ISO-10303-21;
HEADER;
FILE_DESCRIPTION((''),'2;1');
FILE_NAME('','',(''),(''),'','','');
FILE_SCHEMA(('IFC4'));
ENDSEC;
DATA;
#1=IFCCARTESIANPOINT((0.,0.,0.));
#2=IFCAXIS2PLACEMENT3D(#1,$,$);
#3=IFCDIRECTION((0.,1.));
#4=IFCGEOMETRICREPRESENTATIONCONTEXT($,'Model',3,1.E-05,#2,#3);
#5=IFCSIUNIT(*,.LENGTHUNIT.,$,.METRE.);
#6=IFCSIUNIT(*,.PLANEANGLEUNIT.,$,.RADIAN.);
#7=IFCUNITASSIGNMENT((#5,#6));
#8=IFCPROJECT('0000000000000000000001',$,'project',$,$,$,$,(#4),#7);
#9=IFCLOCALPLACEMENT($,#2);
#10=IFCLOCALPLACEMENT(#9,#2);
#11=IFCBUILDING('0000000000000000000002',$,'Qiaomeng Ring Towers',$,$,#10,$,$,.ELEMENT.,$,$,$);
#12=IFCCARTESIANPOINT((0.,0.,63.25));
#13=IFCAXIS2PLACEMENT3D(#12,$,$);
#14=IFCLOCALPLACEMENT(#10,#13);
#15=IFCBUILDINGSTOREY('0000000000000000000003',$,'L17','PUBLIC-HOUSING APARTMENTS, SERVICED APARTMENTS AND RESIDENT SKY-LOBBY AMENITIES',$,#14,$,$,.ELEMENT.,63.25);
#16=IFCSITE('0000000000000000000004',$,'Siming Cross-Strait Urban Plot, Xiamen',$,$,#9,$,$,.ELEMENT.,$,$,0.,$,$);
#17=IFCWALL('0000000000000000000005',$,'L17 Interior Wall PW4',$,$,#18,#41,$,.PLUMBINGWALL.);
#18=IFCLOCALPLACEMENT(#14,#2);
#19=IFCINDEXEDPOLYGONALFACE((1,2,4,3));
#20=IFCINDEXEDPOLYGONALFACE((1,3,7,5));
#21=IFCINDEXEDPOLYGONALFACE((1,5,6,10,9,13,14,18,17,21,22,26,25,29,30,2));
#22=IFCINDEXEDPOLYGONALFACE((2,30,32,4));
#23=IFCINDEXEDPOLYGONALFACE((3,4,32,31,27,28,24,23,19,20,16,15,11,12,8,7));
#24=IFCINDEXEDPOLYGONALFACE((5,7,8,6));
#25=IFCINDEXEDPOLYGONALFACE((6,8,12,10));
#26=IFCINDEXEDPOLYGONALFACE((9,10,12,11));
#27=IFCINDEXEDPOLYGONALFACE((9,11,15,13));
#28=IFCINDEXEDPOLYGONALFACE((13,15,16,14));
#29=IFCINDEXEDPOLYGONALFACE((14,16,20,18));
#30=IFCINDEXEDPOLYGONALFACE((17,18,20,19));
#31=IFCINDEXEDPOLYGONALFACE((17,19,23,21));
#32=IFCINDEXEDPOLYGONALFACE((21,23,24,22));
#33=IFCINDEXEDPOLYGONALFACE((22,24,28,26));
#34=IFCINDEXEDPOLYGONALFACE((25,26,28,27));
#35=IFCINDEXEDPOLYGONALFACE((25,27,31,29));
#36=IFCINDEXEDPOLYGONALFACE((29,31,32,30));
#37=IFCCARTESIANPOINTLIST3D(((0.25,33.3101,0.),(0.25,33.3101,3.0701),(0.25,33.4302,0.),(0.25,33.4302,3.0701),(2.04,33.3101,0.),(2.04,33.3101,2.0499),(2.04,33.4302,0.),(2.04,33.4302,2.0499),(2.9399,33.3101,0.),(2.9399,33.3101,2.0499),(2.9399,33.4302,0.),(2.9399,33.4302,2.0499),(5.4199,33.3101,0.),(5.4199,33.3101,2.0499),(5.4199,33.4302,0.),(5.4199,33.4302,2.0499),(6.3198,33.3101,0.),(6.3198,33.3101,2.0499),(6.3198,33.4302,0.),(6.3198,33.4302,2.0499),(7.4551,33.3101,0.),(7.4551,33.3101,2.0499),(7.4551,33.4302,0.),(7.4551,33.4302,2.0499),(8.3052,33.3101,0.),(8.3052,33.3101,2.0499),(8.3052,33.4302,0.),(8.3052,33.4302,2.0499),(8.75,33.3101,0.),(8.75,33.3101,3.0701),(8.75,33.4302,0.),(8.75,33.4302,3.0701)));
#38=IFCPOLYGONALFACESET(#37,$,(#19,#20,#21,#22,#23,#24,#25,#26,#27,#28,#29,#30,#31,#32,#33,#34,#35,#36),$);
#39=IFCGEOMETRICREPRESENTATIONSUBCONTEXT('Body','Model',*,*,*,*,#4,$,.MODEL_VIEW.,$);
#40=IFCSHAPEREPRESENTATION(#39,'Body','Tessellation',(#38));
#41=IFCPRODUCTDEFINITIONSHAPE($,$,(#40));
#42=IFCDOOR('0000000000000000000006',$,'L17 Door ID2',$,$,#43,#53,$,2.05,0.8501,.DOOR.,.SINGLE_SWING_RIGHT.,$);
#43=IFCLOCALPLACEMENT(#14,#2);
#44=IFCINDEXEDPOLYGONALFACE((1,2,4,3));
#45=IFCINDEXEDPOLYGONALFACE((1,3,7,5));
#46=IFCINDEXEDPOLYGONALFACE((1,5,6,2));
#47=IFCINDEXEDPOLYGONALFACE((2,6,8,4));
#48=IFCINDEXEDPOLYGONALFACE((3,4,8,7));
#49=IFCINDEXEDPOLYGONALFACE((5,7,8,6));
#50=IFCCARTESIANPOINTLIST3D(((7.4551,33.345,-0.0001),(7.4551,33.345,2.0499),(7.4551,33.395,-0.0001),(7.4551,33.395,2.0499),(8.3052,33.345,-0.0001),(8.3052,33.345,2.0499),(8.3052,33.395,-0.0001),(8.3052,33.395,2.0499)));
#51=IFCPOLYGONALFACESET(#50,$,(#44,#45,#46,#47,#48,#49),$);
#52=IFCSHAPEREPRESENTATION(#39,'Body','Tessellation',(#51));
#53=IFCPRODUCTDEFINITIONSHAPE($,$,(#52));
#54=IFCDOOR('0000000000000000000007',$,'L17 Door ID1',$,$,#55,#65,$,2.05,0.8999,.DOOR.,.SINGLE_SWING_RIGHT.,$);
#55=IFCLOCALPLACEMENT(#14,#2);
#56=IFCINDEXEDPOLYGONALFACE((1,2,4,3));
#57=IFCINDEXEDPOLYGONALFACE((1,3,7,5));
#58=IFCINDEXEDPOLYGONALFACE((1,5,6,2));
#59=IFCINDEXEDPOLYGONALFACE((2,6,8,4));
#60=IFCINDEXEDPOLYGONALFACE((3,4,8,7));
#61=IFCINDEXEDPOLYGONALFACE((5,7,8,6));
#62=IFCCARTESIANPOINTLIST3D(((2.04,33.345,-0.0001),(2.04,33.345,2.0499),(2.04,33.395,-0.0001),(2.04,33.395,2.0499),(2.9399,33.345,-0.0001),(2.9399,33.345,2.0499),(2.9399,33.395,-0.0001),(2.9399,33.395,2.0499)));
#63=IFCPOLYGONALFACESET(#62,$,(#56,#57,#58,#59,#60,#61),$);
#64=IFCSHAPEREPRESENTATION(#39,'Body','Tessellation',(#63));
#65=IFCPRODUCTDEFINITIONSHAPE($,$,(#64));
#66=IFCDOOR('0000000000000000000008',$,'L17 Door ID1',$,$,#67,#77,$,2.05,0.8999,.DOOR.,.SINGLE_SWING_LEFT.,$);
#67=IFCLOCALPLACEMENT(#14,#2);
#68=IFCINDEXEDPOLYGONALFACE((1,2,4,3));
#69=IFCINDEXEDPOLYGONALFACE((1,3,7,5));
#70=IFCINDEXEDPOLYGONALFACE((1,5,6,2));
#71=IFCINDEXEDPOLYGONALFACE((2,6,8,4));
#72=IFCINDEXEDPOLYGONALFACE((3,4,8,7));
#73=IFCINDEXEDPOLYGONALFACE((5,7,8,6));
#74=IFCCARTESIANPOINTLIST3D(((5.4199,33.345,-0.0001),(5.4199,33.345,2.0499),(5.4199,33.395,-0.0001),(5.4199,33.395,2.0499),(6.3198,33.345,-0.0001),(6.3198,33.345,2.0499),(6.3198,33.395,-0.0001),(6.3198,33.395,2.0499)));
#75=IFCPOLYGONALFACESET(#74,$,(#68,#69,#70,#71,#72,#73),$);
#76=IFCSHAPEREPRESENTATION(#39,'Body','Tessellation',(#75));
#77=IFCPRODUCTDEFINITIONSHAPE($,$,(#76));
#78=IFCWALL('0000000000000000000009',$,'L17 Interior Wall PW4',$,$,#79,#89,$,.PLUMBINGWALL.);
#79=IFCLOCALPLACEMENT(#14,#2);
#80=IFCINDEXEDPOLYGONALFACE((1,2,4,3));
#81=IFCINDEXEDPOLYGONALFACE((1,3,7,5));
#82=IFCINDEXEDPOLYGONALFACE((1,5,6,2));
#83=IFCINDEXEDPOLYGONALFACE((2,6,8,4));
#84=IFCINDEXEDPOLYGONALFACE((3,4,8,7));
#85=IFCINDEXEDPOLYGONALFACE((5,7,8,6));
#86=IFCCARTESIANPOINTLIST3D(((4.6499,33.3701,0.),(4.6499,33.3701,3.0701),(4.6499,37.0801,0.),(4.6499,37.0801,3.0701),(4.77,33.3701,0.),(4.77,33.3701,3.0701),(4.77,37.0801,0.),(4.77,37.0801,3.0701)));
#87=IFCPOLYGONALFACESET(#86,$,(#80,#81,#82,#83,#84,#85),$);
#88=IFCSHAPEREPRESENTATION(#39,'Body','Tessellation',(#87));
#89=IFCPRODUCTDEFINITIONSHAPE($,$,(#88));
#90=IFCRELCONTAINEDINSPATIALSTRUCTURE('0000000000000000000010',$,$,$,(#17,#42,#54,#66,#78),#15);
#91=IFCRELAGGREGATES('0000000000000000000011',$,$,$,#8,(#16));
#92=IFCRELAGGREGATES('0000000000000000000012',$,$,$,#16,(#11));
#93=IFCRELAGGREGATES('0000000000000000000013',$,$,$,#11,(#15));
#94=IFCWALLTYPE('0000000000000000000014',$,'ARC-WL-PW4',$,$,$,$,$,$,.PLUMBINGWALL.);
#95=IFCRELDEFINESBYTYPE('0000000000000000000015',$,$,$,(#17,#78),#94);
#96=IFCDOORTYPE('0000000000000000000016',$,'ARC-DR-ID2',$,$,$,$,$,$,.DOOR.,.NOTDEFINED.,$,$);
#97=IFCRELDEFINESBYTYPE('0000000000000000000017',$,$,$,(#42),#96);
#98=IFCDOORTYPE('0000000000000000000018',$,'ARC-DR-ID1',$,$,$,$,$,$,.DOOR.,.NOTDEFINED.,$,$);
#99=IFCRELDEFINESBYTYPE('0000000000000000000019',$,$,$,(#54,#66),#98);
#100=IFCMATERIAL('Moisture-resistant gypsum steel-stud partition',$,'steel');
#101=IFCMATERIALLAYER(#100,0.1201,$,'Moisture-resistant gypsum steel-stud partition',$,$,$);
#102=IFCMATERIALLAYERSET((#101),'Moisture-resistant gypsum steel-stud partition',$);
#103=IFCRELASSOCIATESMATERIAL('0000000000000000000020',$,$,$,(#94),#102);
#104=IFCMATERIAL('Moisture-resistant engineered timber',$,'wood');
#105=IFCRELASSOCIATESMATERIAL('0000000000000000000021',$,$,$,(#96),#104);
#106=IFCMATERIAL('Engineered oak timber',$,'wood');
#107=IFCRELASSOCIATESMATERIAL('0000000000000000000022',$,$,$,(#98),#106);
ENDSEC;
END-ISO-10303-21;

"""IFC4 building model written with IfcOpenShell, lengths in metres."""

from ifc_helpers import new_model, si_unit, direction, frame, frame_2d, origin, place, context, subcontext, project, spatial, rectangle, extrude, source, transform, mapped, material, layer, layer_set, type_object, element, fill, save


model = new_model("IFC4")

# Units and contexts
model_context = context("Model", 3, precision=1e-05, world=origin(), true_north=direction((0.0, 1.0)))
body_context = subcontext(model_context, "Body", "Model", "MODEL_VIEW")
ifc_project = project(units=[si_unit("LENGTHUNIT", "METRE"), si_unit("PLANEANGLEUNIT", "RADIAN")], contexts=[model_context])

# Site, building, storey
site_placement = place(None, origin())
site = spatial("IfcSite", under=ifc_project, at=site_placement, Name="Siming Cross-Strait Urban Plot, Xiamen", CompositionType="ELEMENT", RefElevation=0.0)
building_placement = place(site_placement, origin())
building = spatial("IfcBuilding", under=site, at=building_placement, Name="Qiaomeng Ring Towers", CompositionType="ELEMENT")
storey_placement = place(building_placement, frame((0.0, 0.0, 63.25)))
storey = spatial("IfcBuildingStorey", under=building, at=storey_placement, Name="L17", Description="PUBLIC-HOUSING APARTMENTS, SERVICED APARTMENTS AND RESIDENT SKY-LOBBY AMENITIES", CompositionType="ELEMENT", Elevation=63.25)

# Wall, openings, doors
ifc_material_1 = material(Name="Moisture-resistant gypsum steel-stud partition", Category="steel")
ifc_layer_1 = layer(ifc_material_1, 0.1201, Name="Moisture-resistant gypsum steel-stud partition")
ifc_layer_set_1 = layer_set([ifc_layer_1], Name="Moisture-resistant gypsum steel-stud partition")
wall_type_1 = type_object("IfcWallType", Name="ARC-WL-PW4", PredefinedType="PLUMBINGWALL", material=ifc_layer_set_1)
wall_1_placement = place(storey_placement, frame((0.25, 33.3701, 0.0), z_axis=(0.0, 0.0, 1.0), x_axis=(1.0, 0.0, 0.0)))
wall_1 = element("IfcWall", 1, at=wall_1_placement, inside=storey, type_object=wall_type_1, Name="L17 Interior Wall PW4", PredefinedType="PLUMBINGWALL", context=body_context, shape_type="SweptSolid", body=[
    extrude(rectangle(XDim=8.5, YDim=0.1201, at=frame_2d((4.25, 0.0))), origin(), (0.0, 0.0, 1.0), 3.0701),
])
opening_1_placement = place(wall_1_placement, frame((1.79, 0.0, 0.0)))
opening_1 = element("IfcOpeningElement", 2, at=opening_1_placement, cuts=wall_1, PredefinedType="OPENING", context=body_context, shape_type="SweptSolid", body=[
    extrude(rectangle(XDim=0.8999, YDim=2.05, at=frame_2d((0.45, 1.0249))), frame((0.0, 0.0701, 0.0), z_axis=(0.0, -1.0, 0.0), x_axis=(1.0, 0.0, 0.0)), (0.0, 0.0, 1.0), 0.1401),
])
opening_2_placement = place(wall_1_placement, frame((5.1699, 0.0, 0.0)))
opening_2 = element("IfcOpeningElement", 3, at=opening_2_placement, cuts=wall_1, PredefinedType="OPENING", context=body_context, shape_type="SweptSolid", body=[
    extrude(rectangle(XDim=0.8999, YDim=2.05, at=frame_2d((0.45, 1.0249))), frame((0.0, 0.0701, 0.0), z_axis=(0.0, -1.0, 0.0), x_axis=(1.0, 0.0, 0.0)), (0.0, 0.0, 1.0), 0.1401),
])
opening_3_placement = place(wall_1_placement, frame((7.2051, 0.0, 0.0)))
opening_3 = element("IfcOpeningElement", 4, at=opening_3_placement, cuts=wall_1, PredefinedType="OPENING", context=body_context, shape_type="SweptSolid", body=[
    extrude(rectangle(XDim=0.8501, YDim=2.05, at=frame_2d((0.425, 1.0249))), frame((0.0, 0.0701, 0.0), z_axis=(0.0, -1.0, 0.0), x_axis=(1.0, 0.0, 0.0)), (0.0, 0.0, 1.0), 0.1401),
])
ifc_material_2 = material(Name="Moisture-resistant engineered timber", Category="wood")
door_type_1 = type_object("IfcDoorType", Name="ARC-DR-ID2", OperationType="NOTDEFINED", PredefinedType="DOOR", material=ifc_material_2)
shared_shape_1 = source(origin(), body_context, "Body", "SweptSolid", [
    extrude(rectangle(XDim=0.8501, YDim=2.05, at=frame_2d((0.425, 1.0249))), frame((0.0, 0.0249, 0.0), z_axis=(0.0, -1.0, 0.0), x_axis=(1.0, 0.0, 0.0)), (0.0, 0.0, 1.0), 0.05),
])
door_1_placement = place(opening_3_placement, origin())
door_1 = element("IfcDoor", 5, at=door_1_placement, inside=storey, type_object=door_type_1, Name="L17 Door ID2", OperationType="SINGLE_SWING_RIGHT", OverallHeight=2.05, OverallWidth=0.8501, PredefinedType="DOOR", context=body_context, shape_type="MappedRepresentation", body=[
    mapped(shared_shape_1, transform((0.0, 0.0, 0.0), x_axis=(1.0, 0.0, 0.0), y_axis=(0.0, 1.0, 0.0), z_axis=(0.0, 0.0, 1.0), scale=1.0)),
])
fill(opening_3, door_1)
ifc_material_3 = material(Name="Engineered oak timber", Category="wood")
door_type_2 = type_object("IfcDoorType", Name="ARC-DR-ID1", OperationType="NOTDEFINED", PredefinedType="DOOR", material=ifc_material_3)
shared_shape_2 = source(origin(), body_context, "Body", "SweptSolid", [
    extrude(rectangle(XDim=0.8999, YDim=2.05, at=frame_2d((0.45, 1.0249))), frame((0.0, 0.0249, 0.0), z_axis=(0.0, -1.0, 0.0), x_axis=(1.0, 0.0, 0.0)), (0.0, 0.0, 1.0), 0.05),
])
door_2_placement = place(opening_1_placement, origin())
door_2 = element("IfcDoor", 6, at=door_2_placement, inside=storey, type_object=door_type_2, Name="L17 Door ID1", OperationType="SINGLE_SWING_RIGHT", OverallHeight=2.05, OverallWidth=0.8999, PredefinedType="DOOR", context=body_context, shape_type="MappedRepresentation", body=[
    mapped(shared_shape_2, transform((0.0, 0.0, 0.0), x_axis=(1.0, 0.0, 0.0), y_axis=(0.0, 1.0, 0.0), z_axis=(0.0, 0.0, 1.0), scale=1.0)),
])
fill(opening_1, door_2)
door_3_placement = place(opening_2_placement, origin())
door_3 = element("IfcDoor", 7, at=door_3_placement, inside=storey, type_object=door_type_2, Name="L17 Door ID1", OperationType="SINGLE_SWING_LEFT", OverallHeight=2.05, OverallWidth=0.8999, PredefinedType="DOOR", context=body_context, shape_type="MappedRepresentation", body=[
    mapped(shared_shape_2, transform((0.0, 0.0, 0.0), x_axis=(1.0, 0.0, 0.0), y_axis=(0.0, 1.0, 0.0), z_axis=(0.0, 0.0, 1.0), scale=1.0)),
])
fill(opening_2, door_3)

# Wall
wall_2_placement = place(storey_placement, frame((4.71, 33.3701, 0.0), z_axis=(0.0, 0.0, 1.0), x_axis=(0.0, 1.0, 0.0)))
element("IfcWall", 8, at=wall_2_placement, inside=storey, type_object=wall_type_1, Name="L17 Interior Wall PW4", PredefinedType="PLUMBINGWALL", context=body_context, shape_type="SweptSolid", body=[
    extrude(rectangle(XDim=3.71, YDim=0.1201, at=frame_2d((1.855, 0.0))), origin(), (0.0, 0.0, 1.0), 3.0701),
])

save(model, "model.ifc")
